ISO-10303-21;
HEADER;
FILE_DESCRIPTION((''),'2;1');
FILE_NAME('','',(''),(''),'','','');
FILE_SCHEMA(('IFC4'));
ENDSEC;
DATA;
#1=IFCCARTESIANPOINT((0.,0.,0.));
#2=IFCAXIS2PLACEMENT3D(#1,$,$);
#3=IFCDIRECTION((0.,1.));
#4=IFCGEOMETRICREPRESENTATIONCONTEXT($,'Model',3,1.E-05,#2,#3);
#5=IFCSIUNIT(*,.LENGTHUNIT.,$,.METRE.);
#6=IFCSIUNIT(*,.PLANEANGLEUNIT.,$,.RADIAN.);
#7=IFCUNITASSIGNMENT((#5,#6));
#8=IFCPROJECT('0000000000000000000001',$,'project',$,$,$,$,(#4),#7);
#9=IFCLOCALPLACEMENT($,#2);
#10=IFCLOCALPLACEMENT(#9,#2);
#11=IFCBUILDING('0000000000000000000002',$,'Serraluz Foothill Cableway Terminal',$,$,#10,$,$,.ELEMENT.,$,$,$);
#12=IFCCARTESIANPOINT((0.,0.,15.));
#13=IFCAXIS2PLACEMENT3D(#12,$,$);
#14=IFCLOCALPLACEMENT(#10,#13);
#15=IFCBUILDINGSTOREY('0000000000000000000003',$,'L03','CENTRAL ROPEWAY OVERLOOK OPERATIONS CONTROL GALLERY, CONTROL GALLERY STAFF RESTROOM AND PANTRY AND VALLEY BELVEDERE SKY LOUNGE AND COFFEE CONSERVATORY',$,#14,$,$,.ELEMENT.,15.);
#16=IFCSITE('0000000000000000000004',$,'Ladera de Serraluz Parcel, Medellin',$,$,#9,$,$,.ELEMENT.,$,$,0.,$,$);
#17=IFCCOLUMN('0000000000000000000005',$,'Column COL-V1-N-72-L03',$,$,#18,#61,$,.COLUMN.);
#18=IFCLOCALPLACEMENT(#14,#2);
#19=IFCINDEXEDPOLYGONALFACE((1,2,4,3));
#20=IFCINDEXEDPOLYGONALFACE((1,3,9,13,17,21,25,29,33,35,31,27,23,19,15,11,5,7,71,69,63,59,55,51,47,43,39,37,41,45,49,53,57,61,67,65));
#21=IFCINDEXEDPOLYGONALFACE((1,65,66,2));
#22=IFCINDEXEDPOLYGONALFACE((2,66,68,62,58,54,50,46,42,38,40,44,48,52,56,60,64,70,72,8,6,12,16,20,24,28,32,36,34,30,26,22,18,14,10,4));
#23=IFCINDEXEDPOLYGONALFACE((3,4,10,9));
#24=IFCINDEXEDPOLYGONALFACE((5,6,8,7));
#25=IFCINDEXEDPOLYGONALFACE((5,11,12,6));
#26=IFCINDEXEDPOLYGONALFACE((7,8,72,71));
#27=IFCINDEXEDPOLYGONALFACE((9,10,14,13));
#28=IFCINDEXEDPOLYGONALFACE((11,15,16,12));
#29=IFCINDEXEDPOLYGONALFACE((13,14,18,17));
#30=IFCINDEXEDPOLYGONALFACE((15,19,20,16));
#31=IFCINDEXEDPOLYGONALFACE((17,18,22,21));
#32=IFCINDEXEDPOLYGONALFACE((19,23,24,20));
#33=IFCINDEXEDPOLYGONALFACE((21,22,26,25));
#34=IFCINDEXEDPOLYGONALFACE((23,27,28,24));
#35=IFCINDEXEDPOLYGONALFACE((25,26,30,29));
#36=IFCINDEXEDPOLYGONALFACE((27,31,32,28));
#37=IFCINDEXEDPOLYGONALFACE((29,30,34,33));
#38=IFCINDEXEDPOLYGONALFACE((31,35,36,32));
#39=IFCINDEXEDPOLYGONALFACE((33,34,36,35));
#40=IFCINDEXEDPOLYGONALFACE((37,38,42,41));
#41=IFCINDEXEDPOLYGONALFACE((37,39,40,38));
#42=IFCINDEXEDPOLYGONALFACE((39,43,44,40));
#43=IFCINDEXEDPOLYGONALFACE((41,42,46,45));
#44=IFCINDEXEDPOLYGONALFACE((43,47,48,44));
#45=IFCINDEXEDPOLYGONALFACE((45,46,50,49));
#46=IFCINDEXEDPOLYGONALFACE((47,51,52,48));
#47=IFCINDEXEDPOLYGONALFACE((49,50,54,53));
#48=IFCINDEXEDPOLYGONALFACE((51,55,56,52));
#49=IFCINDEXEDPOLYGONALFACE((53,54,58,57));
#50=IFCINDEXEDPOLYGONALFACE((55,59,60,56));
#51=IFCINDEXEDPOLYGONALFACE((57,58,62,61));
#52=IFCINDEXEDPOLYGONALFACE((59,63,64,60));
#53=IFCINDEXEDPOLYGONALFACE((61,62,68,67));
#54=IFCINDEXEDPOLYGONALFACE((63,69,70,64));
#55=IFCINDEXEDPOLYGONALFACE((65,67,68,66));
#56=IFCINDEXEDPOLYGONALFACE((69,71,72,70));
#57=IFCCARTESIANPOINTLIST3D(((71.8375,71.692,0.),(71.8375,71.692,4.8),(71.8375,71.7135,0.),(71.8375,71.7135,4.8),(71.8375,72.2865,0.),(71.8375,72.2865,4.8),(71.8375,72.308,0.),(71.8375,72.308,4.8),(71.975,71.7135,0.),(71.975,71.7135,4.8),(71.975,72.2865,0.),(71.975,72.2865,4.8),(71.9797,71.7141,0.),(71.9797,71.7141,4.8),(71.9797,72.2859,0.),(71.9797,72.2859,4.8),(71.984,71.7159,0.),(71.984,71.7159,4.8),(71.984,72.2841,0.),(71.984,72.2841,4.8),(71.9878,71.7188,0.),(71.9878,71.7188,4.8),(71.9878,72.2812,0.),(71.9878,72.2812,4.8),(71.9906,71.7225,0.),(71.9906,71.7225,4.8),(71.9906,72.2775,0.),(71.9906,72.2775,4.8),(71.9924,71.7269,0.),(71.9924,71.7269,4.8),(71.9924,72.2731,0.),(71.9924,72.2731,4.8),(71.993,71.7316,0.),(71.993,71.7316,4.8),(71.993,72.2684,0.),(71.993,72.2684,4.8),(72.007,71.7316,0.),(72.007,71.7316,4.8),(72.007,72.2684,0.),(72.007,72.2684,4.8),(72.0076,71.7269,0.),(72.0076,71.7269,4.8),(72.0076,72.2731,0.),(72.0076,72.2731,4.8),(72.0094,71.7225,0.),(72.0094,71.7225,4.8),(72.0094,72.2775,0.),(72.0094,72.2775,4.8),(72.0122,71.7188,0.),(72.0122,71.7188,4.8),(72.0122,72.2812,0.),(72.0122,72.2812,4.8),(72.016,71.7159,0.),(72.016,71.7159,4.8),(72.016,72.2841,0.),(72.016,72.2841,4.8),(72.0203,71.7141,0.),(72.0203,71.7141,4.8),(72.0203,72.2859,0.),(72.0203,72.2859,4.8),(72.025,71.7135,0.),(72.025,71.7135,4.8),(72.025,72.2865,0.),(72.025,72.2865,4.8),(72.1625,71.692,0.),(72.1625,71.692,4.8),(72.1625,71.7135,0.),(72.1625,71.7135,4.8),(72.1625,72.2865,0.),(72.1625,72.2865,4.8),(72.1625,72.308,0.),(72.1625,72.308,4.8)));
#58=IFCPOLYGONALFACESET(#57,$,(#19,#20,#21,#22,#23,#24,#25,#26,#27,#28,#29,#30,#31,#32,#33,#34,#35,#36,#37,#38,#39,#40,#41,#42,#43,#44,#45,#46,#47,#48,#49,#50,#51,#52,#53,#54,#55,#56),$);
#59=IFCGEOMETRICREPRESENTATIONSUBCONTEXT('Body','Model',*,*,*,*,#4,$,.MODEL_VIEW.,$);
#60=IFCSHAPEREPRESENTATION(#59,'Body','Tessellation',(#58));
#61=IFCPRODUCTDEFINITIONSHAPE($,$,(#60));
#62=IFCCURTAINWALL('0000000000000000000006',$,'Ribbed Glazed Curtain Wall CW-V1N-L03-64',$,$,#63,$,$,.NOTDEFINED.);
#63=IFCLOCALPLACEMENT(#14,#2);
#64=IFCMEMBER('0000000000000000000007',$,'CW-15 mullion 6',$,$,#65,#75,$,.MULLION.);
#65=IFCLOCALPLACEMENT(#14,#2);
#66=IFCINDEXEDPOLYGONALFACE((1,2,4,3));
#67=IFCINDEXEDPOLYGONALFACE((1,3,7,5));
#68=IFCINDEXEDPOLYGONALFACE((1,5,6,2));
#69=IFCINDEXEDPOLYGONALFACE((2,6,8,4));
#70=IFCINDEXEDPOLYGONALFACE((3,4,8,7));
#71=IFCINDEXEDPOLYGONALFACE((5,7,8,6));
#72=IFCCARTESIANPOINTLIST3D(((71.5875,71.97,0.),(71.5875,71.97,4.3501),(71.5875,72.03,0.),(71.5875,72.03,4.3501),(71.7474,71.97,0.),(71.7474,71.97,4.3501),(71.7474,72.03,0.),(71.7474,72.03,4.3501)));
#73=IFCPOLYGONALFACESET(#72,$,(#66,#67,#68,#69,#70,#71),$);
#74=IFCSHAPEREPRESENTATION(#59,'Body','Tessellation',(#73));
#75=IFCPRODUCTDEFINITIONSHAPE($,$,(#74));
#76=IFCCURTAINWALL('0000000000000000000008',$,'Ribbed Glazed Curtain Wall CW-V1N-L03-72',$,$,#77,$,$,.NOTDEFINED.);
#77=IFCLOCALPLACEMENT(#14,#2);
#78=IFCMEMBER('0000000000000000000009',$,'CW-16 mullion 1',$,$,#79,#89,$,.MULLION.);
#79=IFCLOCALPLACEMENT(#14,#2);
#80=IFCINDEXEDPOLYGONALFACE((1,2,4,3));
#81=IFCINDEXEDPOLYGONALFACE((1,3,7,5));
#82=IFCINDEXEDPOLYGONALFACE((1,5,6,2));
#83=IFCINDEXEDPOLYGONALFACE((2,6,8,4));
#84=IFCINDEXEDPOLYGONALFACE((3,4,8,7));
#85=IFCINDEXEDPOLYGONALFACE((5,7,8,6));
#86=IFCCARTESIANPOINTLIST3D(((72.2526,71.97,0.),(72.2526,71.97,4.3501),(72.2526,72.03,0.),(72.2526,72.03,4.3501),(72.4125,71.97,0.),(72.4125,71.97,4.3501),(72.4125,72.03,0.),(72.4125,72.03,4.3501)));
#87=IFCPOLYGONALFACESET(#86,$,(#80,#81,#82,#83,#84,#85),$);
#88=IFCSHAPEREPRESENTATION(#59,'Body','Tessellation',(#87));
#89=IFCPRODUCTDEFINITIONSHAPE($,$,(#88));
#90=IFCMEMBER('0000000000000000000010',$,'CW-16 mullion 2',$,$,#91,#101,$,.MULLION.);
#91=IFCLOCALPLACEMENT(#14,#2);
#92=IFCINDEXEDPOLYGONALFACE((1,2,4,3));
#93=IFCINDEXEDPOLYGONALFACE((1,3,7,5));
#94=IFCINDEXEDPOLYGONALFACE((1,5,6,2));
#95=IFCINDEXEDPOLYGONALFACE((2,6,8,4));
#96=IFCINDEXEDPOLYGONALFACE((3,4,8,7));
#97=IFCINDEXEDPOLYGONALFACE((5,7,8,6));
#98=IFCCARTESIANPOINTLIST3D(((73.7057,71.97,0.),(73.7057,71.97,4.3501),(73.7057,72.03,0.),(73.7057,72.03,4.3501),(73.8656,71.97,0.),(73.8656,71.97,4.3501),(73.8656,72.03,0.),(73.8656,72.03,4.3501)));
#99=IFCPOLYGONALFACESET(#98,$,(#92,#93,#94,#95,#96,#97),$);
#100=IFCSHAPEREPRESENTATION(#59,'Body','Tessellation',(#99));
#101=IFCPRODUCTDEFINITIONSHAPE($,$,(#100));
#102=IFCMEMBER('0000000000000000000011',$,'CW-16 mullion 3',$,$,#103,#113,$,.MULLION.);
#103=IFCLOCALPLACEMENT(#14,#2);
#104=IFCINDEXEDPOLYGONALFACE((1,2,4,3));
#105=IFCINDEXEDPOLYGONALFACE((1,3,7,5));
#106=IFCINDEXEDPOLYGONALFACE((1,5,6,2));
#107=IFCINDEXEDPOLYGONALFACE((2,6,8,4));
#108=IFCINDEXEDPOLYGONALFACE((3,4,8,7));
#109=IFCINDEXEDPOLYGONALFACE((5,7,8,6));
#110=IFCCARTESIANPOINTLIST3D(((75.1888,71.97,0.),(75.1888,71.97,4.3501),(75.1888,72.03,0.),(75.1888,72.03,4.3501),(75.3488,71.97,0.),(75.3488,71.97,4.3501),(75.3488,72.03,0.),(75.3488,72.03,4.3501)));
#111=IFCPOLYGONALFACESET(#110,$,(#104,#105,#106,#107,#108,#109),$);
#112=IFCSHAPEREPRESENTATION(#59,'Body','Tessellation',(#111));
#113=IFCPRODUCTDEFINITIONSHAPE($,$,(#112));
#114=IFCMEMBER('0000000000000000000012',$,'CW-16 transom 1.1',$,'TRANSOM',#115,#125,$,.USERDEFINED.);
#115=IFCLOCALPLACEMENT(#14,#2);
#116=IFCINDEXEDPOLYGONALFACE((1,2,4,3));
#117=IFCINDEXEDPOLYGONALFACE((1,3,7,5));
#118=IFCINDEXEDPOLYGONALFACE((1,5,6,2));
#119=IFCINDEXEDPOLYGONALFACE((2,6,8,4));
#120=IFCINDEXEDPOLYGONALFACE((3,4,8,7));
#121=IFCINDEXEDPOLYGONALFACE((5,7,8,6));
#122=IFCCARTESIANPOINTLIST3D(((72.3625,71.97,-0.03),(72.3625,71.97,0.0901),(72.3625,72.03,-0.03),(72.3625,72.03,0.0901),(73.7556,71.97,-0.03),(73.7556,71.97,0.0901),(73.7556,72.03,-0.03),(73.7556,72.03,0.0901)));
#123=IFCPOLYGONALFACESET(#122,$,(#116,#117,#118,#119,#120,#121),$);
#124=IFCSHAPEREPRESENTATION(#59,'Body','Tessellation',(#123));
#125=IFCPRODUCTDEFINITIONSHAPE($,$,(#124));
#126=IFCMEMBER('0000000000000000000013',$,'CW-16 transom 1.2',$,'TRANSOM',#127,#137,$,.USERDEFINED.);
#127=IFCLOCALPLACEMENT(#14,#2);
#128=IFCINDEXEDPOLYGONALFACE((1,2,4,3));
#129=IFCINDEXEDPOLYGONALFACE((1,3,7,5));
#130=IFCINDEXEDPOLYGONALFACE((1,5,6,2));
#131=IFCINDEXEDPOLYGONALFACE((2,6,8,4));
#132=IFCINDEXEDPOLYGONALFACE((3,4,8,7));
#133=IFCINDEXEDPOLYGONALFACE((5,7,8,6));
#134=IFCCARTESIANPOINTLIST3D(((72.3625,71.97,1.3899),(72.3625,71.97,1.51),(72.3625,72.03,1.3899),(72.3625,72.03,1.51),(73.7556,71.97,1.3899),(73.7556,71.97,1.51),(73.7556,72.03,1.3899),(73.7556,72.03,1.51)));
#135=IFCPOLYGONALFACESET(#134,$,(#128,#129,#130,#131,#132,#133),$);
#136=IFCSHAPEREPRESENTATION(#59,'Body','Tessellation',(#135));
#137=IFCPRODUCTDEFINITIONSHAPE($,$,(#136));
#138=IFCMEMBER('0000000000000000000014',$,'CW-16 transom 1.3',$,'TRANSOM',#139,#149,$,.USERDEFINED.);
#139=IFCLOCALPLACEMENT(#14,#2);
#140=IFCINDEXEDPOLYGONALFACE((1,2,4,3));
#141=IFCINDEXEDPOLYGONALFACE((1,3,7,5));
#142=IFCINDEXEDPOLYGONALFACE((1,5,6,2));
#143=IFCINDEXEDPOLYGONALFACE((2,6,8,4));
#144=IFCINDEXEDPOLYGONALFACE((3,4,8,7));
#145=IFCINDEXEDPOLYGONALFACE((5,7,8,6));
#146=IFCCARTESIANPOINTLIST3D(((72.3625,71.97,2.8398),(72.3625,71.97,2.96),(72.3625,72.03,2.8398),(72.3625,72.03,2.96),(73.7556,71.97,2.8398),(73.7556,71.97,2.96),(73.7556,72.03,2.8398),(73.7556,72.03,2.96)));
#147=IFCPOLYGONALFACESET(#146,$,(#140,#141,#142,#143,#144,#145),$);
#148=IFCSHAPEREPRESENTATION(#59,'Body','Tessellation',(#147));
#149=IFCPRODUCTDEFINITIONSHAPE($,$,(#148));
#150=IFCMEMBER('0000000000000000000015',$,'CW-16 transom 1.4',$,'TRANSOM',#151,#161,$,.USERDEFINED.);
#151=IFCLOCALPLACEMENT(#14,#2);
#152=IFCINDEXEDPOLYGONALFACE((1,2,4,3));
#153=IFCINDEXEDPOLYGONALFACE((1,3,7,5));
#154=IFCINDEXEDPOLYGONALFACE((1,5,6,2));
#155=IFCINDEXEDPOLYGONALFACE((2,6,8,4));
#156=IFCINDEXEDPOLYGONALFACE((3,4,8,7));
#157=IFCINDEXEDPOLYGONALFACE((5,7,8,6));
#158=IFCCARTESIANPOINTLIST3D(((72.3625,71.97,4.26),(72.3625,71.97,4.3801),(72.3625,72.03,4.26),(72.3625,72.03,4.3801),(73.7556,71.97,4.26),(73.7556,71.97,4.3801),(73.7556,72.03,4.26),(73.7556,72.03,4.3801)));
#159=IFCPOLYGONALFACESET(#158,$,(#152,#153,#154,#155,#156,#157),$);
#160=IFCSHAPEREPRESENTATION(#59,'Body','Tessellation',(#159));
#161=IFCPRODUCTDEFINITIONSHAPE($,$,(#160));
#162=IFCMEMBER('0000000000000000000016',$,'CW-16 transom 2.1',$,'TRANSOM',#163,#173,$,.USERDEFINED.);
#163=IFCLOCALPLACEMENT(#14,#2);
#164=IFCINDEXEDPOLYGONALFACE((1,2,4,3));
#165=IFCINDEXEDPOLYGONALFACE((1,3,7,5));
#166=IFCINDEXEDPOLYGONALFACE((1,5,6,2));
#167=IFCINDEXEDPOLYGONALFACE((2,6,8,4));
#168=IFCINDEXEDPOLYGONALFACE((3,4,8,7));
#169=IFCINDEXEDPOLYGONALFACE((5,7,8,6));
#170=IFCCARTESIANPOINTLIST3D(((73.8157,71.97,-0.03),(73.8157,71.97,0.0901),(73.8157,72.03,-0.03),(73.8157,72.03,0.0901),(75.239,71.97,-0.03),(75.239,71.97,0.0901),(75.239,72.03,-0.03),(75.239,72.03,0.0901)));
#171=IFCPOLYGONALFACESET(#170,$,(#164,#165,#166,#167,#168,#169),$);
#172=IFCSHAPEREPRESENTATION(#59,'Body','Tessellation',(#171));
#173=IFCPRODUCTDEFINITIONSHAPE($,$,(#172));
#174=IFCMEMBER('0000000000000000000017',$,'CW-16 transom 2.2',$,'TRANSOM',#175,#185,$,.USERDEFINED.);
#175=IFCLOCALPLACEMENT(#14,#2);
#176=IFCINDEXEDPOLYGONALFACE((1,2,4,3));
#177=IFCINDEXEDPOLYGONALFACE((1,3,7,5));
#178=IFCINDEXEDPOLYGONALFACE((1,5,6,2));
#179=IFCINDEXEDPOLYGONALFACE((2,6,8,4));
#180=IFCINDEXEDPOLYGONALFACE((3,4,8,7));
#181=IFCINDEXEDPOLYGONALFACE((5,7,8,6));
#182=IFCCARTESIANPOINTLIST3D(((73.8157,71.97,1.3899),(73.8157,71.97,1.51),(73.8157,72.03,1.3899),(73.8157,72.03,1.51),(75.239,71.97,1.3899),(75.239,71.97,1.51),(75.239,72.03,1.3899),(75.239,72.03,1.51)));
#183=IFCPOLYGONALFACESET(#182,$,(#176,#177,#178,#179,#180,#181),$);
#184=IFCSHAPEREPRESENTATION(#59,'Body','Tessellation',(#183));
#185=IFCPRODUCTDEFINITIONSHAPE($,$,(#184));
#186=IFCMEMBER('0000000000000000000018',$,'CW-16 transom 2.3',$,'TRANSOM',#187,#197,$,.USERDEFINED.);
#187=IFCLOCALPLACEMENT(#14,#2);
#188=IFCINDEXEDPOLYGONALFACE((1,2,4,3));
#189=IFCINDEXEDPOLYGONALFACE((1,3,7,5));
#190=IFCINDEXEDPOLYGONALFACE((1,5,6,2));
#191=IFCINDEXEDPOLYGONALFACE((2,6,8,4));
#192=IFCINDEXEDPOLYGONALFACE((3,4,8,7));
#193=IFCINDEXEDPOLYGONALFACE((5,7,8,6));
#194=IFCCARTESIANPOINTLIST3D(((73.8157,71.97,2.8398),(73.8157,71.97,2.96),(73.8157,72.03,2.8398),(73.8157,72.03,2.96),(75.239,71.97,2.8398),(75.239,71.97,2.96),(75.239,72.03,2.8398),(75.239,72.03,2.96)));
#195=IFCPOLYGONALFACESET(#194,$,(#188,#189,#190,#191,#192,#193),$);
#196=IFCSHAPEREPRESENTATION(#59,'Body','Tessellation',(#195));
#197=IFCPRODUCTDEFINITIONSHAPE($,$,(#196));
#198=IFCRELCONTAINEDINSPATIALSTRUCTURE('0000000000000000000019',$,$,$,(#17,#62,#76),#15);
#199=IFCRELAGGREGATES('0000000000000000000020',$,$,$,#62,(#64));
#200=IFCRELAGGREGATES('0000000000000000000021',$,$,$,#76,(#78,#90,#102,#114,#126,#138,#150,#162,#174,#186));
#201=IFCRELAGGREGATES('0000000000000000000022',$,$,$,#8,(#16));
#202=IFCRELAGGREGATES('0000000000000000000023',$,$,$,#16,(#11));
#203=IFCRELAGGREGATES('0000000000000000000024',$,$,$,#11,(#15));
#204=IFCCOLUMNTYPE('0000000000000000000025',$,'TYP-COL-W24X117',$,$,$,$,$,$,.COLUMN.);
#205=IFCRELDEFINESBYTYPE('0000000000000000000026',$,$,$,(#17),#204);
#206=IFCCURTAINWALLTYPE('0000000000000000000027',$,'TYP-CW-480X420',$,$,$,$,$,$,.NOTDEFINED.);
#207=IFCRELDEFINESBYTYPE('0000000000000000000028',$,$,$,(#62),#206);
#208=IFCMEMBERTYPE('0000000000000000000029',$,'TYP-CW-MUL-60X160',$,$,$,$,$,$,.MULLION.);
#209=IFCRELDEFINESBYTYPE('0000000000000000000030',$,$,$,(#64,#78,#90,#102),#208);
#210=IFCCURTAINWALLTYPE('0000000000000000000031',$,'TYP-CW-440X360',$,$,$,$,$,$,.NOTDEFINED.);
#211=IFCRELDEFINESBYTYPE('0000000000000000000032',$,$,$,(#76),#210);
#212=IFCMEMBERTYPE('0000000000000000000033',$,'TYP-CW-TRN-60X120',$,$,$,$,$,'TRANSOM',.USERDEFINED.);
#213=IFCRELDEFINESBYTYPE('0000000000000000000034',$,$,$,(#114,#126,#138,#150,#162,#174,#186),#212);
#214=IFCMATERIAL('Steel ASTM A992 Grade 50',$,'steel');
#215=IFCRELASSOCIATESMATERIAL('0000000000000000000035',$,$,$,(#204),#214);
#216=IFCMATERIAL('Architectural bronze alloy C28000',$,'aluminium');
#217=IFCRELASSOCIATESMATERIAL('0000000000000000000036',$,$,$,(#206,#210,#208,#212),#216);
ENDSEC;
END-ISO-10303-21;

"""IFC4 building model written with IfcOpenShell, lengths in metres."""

from ifc_helpers import new_model, si_unit, direction, frame, origin, origin_2d, place, context, subcontext, project, spatial, rectangle, i_section, extrude, material, material_profile, profile_set, type_object, element, aggregate, save


model = new_model("IFC4")

# Units and contexts
model_context = context("Model", 3, precision=1e-05, world=origin(), true_north=direction((0.0, 1.0)))
body_context = subcontext(model_context, "Body", "Model", "MODEL_VIEW")
ifc_project = project(units=[si_unit("LENGTHUNIT", "METRE"), si_unit("PLANEANGLEUNIT", "RADIAN")], contexts=[model_context])

# Site, building, storey
site_placement = place(None, origin())
site = spatial("IfcSite", under=ifc_project, at=site_placement, Name="Ladera de Serraluz Parcel, Medellin", CompositionType="ELEMENT", RefElevation=0.0)
building_placement = place(site_placement, origin())
building = spatial("IfcBuilding", under=site, at=building_placement, Name="Serraluz Foothill Cableway Terminal", CompositionType="ELEMENT")
storey_placement = place(building_placement, frame((0.0, 0.0, 15.0)))
storey = spatial("IfcBuildingStorey", under=building, at=storey_placement, Name="L03", Description="CENTRAL ROPEWAY OVERLOOK OPERATIONS CONTROL GALLERY, CONTROL GALLERY STAFF RESTROOM AND PANTRY AND VALLEY BELVEDERE SKY LOUNGE AND COFFEE CONSERVATORY", CompositionType="ELEMENT", Elevation=15.0)

# Column
ifc_material_1 = material(Name="Steel ASTM A992 Grade 50", Category="steel")
ifc_material_profile_1 = material_profile(ifc_material_1, i_section(OverallWidth=0.325, OverallDepth=0.616, WebThickness=0.0139, FlangeThickness=0.0215, FilletRadius=0.0181, at=origin_2d()), Name="W24X117")
ifc_profile_set_1 = profile_set([ifc_material_profile_1], Name="Steel ASTM A992 Grade 50")
column_type = type_object("IfcColumnType", Name="TYP-COL-W24X117", PredefinedType="COLUMN", material=ifc_profile_set_1)
column_placement = place(storey_placement, frame((72.0, 72.0, 0.0), z_axis=(0.0, 0.0, 1.0), x_axis=(1.0, 0.0, 0.0)))
element("IfcColumn", 1, at=column_placement, inside=storey, type_object=column_type, Name="Column COL-V1-N-72-L03", PredefinedType="COLUMN", context=body_context, shape_type="SweptSolid", body=[
    extrude(i_section(OverallWidth=0.325, OverallDepth=0.616, WebThickness=0.0139, FlangeThickness=0.0215, FilletRadius=0.0181, at=origin_2d()), origin(), (0.0, 0.0, 1.0), 4.8),
])

# Curtain wall, member
ifc_material_2 = material(Name="Architectural bronze alloy C28000", Category="aluminium")
curtain_wall_type_1 = type_object("IfcCurtainWallType", Name="TYP-CW-480X420", PredefinedType="NOTDEFINED", material=ifc_material_2)
curtain_wall_1_placement = place(storey_placement, origin())
curtain_wall_1 = element("IfcCurtainWall", 2, at=curtain_wall_1_placement, inside=storey, type_object=curtain_wall_type_1, Name="Ribbed Glazed Curtain Wall CW-V1N-L03-64", PredefinedType="NOTDEFINED")
ifc_material_profile_2 = material_profile(ifc_material_2, rectangle(XDim=0.0601, YDim=0.1599, at=origin_2d()), Name="ALU MULLION 60x160")
ifc_profile_set_2 = profile_set([ifc_material_profile_2], Name="Architectural bronze alloy C28000")
member_type_1 = type_object("IfcMemberType", Name="TYP-CW-MUL-60X160", PredefinedType="MULLION", material=ifc_profile_set_2)
member_1_placement = place(storey_placement, frame((71.6675, 72.0, 0.0), z_axis=(0.0, 0.0, 1.0), x_axis=(0.0, 1.0, 0.0)))
member_1 = element("IfcMember", 3, at=member_1_placement, type_object=member_type_1, Name="CW-15 mullion 6", PredefinedType="MULLION", context=body_context, shape_type="SweptSolid", body=[
    extrude(rectangle(XDim=0.0601, YDim=0.1599, at=origin_2d()), origin(), (0.0, 0.0, 1.0), 4.3501),
])

# Curtain wall, members
curtain_wall_type_2 = type_object("IfcCurtainWallType", Name="TYP-CW-440X360", PredefinedType="NOTDEFINED", material=ifc_material_2)
curtain_wall_2_placement = place(storey_placement, origin())
curtain_wall_2 = element("IfcCurtainWall", 4, at=curtain_wall_2_placement, inside=storey, type_object=curtain_wall_type_2, Name="Ribbed Glazed Curtain Wall CW-V1N-L03-72", PredefinedType="NOTDEFINED")
member_2_placement = place(storey_placement, frame((72.3325, 72.0, 0.0), z_axis=(0.0, 0.0, 1.0), x_axis=(0.0, 1.0, 0.0)))
member_2 = element("IfcMember", 5, at=member_2_placement, type_object=member_type_1, Name="CW-16 mullion 1", PredefinedType="MULLION", context=body_context, shape_type="SweptSolid", body=[
    extrude(rectangle(XDim=0.0601, YDim=0.1599, at=origin_2d()), origin(), (0.0, 0.0, 1.0), 4.3501),
])
member_3_placement = place(storey_placement, frame((73.7856, 72.0, 0.0), z_axis=(0.0, 0.0, 1.0), x_axis=(0.0, 1.0, 0.0)))
member_3 = element("IfcMember", 6, at=member_3_placement, type_object=member_type_1, Name="CW-16 mullion 2", PredefinedType="MULLION", context=body_context, shape_type="SweptSolid", body=[
    extrude(rectangle(XDim=0.0601, YDim=0.1599, at=origin_2d()), origin(), (0.0, 0.0, 1.0), 4.3501),
])
member_4_placement = place(storey_placement, frame((75.2688, 72.0, 0.0), z_axis=(0.0, 0.0, 1.0), x_axis=(0.0, 1.0, 0.0)))
member_4 = element("IfcMember", 7, at=member_4_placement, type_object=member_type_1, Name="CW-16 mullion 3", PredefinedType="MULLION", context=body_context, shape_type="SweptSolid", body=[
    extrude(rectangle(XDim=0.0601, YDim=0.1599, at=origin_2d()), origin(), (0.0, 0.0, 1.0), 4.3501),
])
ifc_material_profile_3 = material_profile(ifc_material_2, rectangle(XDim=0.0601, YDim=0.1201, at=origin_2d()), Name="ALU TRANSOM 60x120")
ifc_profile_set_3 = profile_set([ifc_material_profile_3], Name="Architectural bronze alloy C28000")
member_type_2 = type_object("IfcMemberType", Name="TYP-CW-TRN-60X120", ElementType="TRANSOM", PredefinedType="USERDEFINED", material=ifc_profile_set_3)
member_5_placement = place(storey_placement, frame((72.3625, 72.0, 0.03), z_axis=(1.0, 0.0, 0.0), x_axis=(0.0, 1.0, 0.0)))
member_5 = element("IfcMember", 8, at=member_5_placement, type_object=member_type_2, Name="CW-16 transom 1.1", ObjectType="TRANSOM", PredefinedType="USERDEFINED", context=body_context, shape_type="SweptSolid", body=[
    extrude(rectangle(XDim=0.0601, YDim=0.1201, at=origin_2d()), origin(), (0.0, 0.0, 1.0), 1.3931),
])
member_6_placement = place(storey_placement, frame((72.3625, 72.0, 1.45), z_axis=(1.0, 0.0, 0.0), x_axis=(0.0, 1.0, 0.0)))
member_6 = element("IfcMember", 9, at=member_6_placement, type_object=member_type_2, Name="CW-16 transom 1.2", ObjectType="TRANSOM", PredefinedType="USERDEFINED", context=body_context, shape_type="SweptSolid", body=[
    extrude(rectangle(XDim=0.0601, YDim=0.1201, at=origin_2d()), origin(), (0.0, 0.0, 1.0), 1.3931),
])
member_7_placement = place(storey_placement, frame((72.3625, 72.0, 2.8999), z_axis=(1.0, 0.0, 0.0), x_axis=(0.0, 1.0, 0.0)))
member_7 = element("IfcMember", 10, at=member_7_placement, type_object=member_type_2, Name="CW-16 transom 1.3", ObjectType="TRANSOM", PredefinedType="USERDEFINED", context=body_context, shape_type="SweptSolid", body=[
    extrude(rectangle(XDim=0.0601, YDim=0.1201, at=origin_2d()), origin(), (0.0, 0.0, 1.0), 1.3931),
])
member_8_placement = place(storey_placement, frame((72.3625, 72.0, 4.3201), z_axis=(1.0, 0.0, 0.0), x_axis=(0.0, 1.0, 0.0)))
member_8 = element("IfcMember", 11, at=member_8_placement, type_object=member_type_2, Name="CW-16 transom 1.4", ObjectType="TRANSOM", PredefinedType="USERDEFINED", context=body_context, shape_type="SweptSolid", body=[
    extrude(rectangle(XDim=0.0601, YDim=0.1201, at=origin_2d()), origin(), (0.0, 0.0, 1.0), 1.3931),
])
member_9_placement = place(storey_placement, frame((73.8157, 72.0, 0.03), z_axis=(1.0, 0.0, 0.0), x_axis=(0.0, 1.0, 0.0)))
member_9 = element("IfcMember", 12, at=member_9_placement, type_object=member_type_2, Name="CW-16 transom 2.1", ObjectType="TRANSOM", PredefinedType="USERDEFINED", context=body_context, shape_type="SweptSolid", body=[
    extrude(rectangle(XDim=0.0601, YDim=0.1201, at=origin_2d()), origin(), (0.0, 0.0, 1.0), 1.4233),
])
member_10_placement = place(storey_placement, frame((73.8157, 72.0, 1.45), z_axis=(1.0, 0.0, 0.0), x_axis=(0.0, 1.0, 0.0)))
member_10 = element("IfcMember", 13, at=member_10_placement, type_object=member_type_2, Name="CW-16 transom 2.2", ObjectType="TRANSOM", PredefinedType="USERDEFINED", context=body_context, shape_type="SweptSolid", body=[
    extrude(rectangle(XDim=0.0601, YDim=0.1201, at=origin_2d()), origin(), (0.0, 0.0, 1.0), 1.4233),
])
member_11_placement = place(storey_placement, frame((73.8157, 72.0, 2.8999), z_axis=(1.0, 0.0, 0.0), x_axis=(0.0, 1.0, 0.0)))
member_11 = element("IfcMember", 14, at=member_11_placement, type_object=member_type_2, Name="CW-16 transom 2.3", ObjectType="TRANSOM", PredefinedType="USERDEFINED", context=body_context, shape_type="SweptSolid", body=[
    extrude(rectangle(XDim=0.0601, YDim=0.1201, at=origin_2d()), origin(), (0.0, 0.0, 1.0), 1.4233),
])

aggregate(curtain_wall_1, [member_1])
aggregate(curtain_wall_2, [member_2, member_3, member_4, member_5, member_6, member_7, member_8, member_9, member_10, member_11])

save(model, "model.ifc")
